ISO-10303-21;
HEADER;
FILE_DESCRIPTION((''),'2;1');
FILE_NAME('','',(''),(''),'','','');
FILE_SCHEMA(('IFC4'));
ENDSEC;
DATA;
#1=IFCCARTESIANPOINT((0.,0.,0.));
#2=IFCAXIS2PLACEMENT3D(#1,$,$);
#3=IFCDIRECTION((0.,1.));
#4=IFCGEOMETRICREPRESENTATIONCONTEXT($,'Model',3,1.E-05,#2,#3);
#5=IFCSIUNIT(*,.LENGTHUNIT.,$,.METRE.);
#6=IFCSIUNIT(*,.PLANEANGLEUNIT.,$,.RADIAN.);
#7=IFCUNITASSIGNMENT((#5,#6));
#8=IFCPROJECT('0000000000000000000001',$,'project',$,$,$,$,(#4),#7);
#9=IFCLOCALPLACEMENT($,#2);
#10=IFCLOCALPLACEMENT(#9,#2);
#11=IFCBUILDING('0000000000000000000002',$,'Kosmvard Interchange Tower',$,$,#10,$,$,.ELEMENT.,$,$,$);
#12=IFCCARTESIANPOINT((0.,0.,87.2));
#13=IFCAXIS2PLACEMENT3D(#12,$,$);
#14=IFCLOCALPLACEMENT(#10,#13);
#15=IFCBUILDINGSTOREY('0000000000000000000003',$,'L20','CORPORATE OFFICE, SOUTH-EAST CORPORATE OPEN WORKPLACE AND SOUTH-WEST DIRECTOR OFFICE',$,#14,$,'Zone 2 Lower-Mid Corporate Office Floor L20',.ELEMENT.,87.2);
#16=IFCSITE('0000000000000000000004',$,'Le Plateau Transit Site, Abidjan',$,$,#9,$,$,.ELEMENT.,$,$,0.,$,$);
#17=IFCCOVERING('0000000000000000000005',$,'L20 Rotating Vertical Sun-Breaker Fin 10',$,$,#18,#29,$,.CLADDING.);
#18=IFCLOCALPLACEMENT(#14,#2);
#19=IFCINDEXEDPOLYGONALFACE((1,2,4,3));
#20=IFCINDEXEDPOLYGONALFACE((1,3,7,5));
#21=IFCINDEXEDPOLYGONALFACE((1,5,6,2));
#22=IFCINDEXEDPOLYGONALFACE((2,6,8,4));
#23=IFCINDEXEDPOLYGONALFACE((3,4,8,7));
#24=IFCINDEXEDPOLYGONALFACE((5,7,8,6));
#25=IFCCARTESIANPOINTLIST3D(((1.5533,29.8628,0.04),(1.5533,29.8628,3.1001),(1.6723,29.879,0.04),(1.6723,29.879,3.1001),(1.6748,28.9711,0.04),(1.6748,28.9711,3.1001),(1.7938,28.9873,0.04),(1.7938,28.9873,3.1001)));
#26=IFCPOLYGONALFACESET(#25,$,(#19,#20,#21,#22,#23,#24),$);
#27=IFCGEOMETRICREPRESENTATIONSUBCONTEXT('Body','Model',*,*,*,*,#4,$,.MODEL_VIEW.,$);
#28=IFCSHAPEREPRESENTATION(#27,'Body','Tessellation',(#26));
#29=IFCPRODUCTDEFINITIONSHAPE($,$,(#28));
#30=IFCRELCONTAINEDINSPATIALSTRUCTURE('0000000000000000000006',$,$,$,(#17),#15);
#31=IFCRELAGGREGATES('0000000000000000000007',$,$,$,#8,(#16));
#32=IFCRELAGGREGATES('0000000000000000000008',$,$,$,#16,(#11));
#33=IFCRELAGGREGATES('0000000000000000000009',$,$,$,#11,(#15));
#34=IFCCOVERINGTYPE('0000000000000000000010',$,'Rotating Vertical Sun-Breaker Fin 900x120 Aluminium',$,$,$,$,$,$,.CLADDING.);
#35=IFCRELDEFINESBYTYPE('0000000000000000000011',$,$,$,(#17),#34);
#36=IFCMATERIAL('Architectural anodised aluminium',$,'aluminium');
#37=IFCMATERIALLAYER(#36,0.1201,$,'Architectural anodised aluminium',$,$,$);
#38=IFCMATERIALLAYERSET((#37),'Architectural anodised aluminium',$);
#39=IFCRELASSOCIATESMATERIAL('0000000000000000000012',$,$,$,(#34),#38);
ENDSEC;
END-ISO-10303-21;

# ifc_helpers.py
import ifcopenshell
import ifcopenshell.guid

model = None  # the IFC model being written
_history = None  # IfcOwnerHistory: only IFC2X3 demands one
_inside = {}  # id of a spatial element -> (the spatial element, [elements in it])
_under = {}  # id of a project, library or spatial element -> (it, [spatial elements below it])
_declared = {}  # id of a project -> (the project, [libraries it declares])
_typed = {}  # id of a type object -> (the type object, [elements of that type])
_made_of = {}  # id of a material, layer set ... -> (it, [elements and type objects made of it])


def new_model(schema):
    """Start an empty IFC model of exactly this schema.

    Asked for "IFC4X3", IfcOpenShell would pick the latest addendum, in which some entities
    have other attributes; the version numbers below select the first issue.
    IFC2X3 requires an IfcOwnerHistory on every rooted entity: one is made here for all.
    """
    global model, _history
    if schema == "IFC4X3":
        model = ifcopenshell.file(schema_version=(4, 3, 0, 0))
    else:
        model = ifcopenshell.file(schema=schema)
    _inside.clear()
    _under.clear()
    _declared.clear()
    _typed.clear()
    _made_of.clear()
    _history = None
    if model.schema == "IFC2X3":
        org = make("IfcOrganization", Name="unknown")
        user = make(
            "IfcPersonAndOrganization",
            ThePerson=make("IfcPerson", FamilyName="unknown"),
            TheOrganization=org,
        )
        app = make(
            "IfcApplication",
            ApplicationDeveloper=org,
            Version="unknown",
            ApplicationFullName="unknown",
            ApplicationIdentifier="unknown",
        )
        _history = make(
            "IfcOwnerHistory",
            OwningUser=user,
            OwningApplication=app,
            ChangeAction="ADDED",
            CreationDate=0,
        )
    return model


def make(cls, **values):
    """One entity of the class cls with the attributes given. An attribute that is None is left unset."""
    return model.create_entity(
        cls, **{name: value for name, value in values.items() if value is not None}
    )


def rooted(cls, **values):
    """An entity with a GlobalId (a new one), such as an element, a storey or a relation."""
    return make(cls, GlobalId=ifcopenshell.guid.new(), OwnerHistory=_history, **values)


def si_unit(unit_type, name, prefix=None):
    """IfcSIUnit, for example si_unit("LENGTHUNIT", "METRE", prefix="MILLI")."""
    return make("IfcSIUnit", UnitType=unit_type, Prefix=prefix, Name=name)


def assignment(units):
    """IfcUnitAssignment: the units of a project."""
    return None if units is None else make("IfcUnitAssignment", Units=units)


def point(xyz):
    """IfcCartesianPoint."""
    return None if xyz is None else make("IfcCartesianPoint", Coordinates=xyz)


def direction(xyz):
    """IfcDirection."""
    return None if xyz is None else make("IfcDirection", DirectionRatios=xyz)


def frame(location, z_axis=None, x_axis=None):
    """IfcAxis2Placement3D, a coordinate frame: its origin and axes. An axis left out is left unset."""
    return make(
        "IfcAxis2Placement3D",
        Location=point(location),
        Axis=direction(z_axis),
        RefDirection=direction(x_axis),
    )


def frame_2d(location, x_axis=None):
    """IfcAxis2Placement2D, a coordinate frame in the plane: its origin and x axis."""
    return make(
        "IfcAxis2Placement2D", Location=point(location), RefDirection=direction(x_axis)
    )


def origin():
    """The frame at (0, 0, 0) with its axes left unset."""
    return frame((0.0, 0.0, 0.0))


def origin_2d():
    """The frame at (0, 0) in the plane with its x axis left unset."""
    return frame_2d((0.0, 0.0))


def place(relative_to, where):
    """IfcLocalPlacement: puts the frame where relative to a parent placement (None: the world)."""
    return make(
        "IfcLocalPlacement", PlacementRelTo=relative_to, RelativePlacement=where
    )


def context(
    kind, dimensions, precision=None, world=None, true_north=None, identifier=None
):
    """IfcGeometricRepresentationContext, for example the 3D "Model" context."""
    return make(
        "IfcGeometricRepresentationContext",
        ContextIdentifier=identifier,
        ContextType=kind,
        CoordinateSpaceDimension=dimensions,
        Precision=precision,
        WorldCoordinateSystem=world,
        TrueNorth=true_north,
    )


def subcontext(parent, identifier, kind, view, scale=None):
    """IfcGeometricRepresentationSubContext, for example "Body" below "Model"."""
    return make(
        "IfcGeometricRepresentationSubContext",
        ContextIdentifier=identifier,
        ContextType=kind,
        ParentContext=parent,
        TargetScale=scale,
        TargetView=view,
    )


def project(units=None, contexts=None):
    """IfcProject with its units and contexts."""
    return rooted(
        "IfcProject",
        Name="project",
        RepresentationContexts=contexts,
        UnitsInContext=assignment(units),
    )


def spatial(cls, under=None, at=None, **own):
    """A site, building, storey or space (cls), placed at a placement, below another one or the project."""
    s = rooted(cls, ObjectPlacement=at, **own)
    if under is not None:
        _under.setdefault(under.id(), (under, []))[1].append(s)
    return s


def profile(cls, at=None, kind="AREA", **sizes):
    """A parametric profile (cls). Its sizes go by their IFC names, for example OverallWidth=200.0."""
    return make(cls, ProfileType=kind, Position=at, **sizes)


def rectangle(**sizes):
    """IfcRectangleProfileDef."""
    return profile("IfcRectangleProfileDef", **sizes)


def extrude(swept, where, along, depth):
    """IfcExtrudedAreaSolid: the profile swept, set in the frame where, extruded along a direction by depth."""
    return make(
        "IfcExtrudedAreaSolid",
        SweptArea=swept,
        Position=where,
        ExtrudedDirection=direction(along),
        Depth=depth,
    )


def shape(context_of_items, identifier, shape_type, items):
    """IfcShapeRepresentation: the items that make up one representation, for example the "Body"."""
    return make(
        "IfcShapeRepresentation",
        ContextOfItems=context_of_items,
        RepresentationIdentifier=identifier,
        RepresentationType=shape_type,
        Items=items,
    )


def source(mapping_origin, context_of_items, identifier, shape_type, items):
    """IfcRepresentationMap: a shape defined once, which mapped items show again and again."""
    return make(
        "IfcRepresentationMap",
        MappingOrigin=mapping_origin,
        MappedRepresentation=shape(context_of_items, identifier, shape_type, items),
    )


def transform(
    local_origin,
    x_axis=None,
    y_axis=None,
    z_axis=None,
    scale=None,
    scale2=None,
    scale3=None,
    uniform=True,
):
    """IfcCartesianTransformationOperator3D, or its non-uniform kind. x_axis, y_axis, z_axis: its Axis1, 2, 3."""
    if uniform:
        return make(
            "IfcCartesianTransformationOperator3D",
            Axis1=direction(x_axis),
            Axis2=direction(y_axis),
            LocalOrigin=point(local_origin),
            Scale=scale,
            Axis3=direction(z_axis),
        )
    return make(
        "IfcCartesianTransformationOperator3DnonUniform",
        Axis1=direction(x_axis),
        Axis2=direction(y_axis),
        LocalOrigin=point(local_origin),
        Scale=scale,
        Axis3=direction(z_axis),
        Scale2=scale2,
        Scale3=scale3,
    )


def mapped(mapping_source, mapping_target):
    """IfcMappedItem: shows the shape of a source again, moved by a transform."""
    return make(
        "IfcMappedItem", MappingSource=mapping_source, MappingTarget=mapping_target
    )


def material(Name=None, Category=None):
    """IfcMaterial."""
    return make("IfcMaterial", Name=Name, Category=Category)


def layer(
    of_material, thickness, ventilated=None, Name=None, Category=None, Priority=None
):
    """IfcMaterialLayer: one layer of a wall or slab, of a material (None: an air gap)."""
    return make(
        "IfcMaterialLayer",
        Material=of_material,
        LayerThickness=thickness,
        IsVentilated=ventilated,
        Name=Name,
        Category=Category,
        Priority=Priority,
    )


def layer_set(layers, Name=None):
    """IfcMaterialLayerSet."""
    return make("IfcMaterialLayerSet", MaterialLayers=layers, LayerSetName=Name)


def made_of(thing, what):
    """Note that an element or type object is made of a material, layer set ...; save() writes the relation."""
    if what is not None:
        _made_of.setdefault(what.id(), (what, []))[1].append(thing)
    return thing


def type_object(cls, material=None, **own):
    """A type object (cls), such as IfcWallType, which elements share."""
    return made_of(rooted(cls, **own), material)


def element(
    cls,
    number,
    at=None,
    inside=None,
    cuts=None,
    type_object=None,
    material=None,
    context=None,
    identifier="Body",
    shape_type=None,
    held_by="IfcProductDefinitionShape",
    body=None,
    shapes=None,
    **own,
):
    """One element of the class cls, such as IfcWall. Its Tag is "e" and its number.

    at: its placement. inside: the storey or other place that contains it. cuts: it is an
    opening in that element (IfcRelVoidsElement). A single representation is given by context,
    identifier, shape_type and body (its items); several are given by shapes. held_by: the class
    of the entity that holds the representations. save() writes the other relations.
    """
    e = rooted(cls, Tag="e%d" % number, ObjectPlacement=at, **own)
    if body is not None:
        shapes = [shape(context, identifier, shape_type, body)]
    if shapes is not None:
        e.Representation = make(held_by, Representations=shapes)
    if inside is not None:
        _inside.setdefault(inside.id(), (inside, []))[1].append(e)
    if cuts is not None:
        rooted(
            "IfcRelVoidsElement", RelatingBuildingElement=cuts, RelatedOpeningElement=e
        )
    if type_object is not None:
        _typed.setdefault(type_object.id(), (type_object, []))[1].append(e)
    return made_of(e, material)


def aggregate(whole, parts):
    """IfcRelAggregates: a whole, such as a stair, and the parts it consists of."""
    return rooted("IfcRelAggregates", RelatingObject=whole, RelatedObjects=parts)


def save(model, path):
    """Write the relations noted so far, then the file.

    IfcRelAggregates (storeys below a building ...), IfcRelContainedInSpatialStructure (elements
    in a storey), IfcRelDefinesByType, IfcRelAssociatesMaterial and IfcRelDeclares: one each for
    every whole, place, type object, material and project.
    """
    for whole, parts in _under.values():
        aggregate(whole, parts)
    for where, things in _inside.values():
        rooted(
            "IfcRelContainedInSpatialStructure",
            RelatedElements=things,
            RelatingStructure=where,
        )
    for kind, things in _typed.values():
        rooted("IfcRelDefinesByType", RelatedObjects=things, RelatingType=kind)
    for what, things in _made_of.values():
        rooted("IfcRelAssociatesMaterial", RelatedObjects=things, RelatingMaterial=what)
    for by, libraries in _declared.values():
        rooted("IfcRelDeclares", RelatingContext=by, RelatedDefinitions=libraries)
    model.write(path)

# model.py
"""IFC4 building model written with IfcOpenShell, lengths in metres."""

from ifc_helpers import new_model, si_unit, direction, frame, origin, origin_2d, place, context, subcontext, project, spatial, rectangle, extrude, source, transform, mapped, material, layer, layer_set, type_object, element, save


model = new_model("IFC4")

# Units and contexts
model_context = context("Model", 3, precision=1e-05, world=origin(), true_north=direction((0.0, 1.0)))
body_context = subcontext(model_context, "Body", "Model", "MODEL_VIEW")
ifc_project = project(units=[si_unit("LENGTHUNIT", "METRE"), si_unit("PLANEANGLEUNIT", "RADIAN")], contexts=[model_context])

# Site, building, storey
site_placement = place(None, origin())
site = spatial("IfcSite", under=ifc_project, at=site_placement, Name="Le Plateau Transit Site, Abidjan", CompositionType="ELEMENT", RefElevation=0.0)
building_placement = place(site_placement, origin())
building = spatial("IfcBuilding", under=site, at=building_placement, Name="Kosmvard Interchange Tower", CompositionType="ELEMENT")
storey_placement = place(building_placement, frame((0.0, 0.0, 87.2)))
storey = spatial("IfcBuildingStorey", under=building, at=storey_placement, Name="L20", Description="CORPORATE OFFICE, SOUTH-EAST CORPORATE OPEN WORKPLACE AND SOUTH-WEST DIRECTOR OFFICE", LongName="Zone 2 Lower-Mid Corporate Office Floor L20", CompositionType="ELEMENT", Elevation=87.2)

# Covering
ifc_material_1 = material(Name="Architectural anodised aluminium", Category="aluminium")
ifc_layer_1 = layer(ifc_material_1, 0.1201, Name="Architectural anodised aluminium")
ifc_layer_set_1 = layer_set([ifc_layer_1], Name="Architectural anodised aluminium")
covering_type = type_object("IfcCoveringType", Name="Rotating Vertical Sun-Breaker Fin 900x120 Aluminium", PredefinedType="CLADDING", material=ifc_layer_set_1)
shared_shape_1 = source(origin(), body_context, "Body", "SweptSolid", [
    extrude(rectangle(XDim=0.8999, YDim=0.1201, at=origin_2d()), origin(), (0.0, 0.0, 1.0), 3.0601),
])
for number, where, z_axis, x_axis, name in (
    (1, (1.6736, 29.425, 0.04), (0.0, 0.0, 1.0), (-0.135024, 0.990842, 0.0), "L20 Rotating Vertical Sun-Breaker Fin 10"),
):
    element("IfcCovering", number, at=place(storey_placement, frame(where, z_axis=z_axis, x_axis=x_axis)), inside=storey, type_object=covering_type, Name=name, PredefinedType="CLADDING", context=body_context, shape_type="MappedRepresentation", body=[
        mapped(shared_shape_1, transform((0.0, 0.0, 0.0), scale=1.0)),
    ])

save(model, "model.ifc")
